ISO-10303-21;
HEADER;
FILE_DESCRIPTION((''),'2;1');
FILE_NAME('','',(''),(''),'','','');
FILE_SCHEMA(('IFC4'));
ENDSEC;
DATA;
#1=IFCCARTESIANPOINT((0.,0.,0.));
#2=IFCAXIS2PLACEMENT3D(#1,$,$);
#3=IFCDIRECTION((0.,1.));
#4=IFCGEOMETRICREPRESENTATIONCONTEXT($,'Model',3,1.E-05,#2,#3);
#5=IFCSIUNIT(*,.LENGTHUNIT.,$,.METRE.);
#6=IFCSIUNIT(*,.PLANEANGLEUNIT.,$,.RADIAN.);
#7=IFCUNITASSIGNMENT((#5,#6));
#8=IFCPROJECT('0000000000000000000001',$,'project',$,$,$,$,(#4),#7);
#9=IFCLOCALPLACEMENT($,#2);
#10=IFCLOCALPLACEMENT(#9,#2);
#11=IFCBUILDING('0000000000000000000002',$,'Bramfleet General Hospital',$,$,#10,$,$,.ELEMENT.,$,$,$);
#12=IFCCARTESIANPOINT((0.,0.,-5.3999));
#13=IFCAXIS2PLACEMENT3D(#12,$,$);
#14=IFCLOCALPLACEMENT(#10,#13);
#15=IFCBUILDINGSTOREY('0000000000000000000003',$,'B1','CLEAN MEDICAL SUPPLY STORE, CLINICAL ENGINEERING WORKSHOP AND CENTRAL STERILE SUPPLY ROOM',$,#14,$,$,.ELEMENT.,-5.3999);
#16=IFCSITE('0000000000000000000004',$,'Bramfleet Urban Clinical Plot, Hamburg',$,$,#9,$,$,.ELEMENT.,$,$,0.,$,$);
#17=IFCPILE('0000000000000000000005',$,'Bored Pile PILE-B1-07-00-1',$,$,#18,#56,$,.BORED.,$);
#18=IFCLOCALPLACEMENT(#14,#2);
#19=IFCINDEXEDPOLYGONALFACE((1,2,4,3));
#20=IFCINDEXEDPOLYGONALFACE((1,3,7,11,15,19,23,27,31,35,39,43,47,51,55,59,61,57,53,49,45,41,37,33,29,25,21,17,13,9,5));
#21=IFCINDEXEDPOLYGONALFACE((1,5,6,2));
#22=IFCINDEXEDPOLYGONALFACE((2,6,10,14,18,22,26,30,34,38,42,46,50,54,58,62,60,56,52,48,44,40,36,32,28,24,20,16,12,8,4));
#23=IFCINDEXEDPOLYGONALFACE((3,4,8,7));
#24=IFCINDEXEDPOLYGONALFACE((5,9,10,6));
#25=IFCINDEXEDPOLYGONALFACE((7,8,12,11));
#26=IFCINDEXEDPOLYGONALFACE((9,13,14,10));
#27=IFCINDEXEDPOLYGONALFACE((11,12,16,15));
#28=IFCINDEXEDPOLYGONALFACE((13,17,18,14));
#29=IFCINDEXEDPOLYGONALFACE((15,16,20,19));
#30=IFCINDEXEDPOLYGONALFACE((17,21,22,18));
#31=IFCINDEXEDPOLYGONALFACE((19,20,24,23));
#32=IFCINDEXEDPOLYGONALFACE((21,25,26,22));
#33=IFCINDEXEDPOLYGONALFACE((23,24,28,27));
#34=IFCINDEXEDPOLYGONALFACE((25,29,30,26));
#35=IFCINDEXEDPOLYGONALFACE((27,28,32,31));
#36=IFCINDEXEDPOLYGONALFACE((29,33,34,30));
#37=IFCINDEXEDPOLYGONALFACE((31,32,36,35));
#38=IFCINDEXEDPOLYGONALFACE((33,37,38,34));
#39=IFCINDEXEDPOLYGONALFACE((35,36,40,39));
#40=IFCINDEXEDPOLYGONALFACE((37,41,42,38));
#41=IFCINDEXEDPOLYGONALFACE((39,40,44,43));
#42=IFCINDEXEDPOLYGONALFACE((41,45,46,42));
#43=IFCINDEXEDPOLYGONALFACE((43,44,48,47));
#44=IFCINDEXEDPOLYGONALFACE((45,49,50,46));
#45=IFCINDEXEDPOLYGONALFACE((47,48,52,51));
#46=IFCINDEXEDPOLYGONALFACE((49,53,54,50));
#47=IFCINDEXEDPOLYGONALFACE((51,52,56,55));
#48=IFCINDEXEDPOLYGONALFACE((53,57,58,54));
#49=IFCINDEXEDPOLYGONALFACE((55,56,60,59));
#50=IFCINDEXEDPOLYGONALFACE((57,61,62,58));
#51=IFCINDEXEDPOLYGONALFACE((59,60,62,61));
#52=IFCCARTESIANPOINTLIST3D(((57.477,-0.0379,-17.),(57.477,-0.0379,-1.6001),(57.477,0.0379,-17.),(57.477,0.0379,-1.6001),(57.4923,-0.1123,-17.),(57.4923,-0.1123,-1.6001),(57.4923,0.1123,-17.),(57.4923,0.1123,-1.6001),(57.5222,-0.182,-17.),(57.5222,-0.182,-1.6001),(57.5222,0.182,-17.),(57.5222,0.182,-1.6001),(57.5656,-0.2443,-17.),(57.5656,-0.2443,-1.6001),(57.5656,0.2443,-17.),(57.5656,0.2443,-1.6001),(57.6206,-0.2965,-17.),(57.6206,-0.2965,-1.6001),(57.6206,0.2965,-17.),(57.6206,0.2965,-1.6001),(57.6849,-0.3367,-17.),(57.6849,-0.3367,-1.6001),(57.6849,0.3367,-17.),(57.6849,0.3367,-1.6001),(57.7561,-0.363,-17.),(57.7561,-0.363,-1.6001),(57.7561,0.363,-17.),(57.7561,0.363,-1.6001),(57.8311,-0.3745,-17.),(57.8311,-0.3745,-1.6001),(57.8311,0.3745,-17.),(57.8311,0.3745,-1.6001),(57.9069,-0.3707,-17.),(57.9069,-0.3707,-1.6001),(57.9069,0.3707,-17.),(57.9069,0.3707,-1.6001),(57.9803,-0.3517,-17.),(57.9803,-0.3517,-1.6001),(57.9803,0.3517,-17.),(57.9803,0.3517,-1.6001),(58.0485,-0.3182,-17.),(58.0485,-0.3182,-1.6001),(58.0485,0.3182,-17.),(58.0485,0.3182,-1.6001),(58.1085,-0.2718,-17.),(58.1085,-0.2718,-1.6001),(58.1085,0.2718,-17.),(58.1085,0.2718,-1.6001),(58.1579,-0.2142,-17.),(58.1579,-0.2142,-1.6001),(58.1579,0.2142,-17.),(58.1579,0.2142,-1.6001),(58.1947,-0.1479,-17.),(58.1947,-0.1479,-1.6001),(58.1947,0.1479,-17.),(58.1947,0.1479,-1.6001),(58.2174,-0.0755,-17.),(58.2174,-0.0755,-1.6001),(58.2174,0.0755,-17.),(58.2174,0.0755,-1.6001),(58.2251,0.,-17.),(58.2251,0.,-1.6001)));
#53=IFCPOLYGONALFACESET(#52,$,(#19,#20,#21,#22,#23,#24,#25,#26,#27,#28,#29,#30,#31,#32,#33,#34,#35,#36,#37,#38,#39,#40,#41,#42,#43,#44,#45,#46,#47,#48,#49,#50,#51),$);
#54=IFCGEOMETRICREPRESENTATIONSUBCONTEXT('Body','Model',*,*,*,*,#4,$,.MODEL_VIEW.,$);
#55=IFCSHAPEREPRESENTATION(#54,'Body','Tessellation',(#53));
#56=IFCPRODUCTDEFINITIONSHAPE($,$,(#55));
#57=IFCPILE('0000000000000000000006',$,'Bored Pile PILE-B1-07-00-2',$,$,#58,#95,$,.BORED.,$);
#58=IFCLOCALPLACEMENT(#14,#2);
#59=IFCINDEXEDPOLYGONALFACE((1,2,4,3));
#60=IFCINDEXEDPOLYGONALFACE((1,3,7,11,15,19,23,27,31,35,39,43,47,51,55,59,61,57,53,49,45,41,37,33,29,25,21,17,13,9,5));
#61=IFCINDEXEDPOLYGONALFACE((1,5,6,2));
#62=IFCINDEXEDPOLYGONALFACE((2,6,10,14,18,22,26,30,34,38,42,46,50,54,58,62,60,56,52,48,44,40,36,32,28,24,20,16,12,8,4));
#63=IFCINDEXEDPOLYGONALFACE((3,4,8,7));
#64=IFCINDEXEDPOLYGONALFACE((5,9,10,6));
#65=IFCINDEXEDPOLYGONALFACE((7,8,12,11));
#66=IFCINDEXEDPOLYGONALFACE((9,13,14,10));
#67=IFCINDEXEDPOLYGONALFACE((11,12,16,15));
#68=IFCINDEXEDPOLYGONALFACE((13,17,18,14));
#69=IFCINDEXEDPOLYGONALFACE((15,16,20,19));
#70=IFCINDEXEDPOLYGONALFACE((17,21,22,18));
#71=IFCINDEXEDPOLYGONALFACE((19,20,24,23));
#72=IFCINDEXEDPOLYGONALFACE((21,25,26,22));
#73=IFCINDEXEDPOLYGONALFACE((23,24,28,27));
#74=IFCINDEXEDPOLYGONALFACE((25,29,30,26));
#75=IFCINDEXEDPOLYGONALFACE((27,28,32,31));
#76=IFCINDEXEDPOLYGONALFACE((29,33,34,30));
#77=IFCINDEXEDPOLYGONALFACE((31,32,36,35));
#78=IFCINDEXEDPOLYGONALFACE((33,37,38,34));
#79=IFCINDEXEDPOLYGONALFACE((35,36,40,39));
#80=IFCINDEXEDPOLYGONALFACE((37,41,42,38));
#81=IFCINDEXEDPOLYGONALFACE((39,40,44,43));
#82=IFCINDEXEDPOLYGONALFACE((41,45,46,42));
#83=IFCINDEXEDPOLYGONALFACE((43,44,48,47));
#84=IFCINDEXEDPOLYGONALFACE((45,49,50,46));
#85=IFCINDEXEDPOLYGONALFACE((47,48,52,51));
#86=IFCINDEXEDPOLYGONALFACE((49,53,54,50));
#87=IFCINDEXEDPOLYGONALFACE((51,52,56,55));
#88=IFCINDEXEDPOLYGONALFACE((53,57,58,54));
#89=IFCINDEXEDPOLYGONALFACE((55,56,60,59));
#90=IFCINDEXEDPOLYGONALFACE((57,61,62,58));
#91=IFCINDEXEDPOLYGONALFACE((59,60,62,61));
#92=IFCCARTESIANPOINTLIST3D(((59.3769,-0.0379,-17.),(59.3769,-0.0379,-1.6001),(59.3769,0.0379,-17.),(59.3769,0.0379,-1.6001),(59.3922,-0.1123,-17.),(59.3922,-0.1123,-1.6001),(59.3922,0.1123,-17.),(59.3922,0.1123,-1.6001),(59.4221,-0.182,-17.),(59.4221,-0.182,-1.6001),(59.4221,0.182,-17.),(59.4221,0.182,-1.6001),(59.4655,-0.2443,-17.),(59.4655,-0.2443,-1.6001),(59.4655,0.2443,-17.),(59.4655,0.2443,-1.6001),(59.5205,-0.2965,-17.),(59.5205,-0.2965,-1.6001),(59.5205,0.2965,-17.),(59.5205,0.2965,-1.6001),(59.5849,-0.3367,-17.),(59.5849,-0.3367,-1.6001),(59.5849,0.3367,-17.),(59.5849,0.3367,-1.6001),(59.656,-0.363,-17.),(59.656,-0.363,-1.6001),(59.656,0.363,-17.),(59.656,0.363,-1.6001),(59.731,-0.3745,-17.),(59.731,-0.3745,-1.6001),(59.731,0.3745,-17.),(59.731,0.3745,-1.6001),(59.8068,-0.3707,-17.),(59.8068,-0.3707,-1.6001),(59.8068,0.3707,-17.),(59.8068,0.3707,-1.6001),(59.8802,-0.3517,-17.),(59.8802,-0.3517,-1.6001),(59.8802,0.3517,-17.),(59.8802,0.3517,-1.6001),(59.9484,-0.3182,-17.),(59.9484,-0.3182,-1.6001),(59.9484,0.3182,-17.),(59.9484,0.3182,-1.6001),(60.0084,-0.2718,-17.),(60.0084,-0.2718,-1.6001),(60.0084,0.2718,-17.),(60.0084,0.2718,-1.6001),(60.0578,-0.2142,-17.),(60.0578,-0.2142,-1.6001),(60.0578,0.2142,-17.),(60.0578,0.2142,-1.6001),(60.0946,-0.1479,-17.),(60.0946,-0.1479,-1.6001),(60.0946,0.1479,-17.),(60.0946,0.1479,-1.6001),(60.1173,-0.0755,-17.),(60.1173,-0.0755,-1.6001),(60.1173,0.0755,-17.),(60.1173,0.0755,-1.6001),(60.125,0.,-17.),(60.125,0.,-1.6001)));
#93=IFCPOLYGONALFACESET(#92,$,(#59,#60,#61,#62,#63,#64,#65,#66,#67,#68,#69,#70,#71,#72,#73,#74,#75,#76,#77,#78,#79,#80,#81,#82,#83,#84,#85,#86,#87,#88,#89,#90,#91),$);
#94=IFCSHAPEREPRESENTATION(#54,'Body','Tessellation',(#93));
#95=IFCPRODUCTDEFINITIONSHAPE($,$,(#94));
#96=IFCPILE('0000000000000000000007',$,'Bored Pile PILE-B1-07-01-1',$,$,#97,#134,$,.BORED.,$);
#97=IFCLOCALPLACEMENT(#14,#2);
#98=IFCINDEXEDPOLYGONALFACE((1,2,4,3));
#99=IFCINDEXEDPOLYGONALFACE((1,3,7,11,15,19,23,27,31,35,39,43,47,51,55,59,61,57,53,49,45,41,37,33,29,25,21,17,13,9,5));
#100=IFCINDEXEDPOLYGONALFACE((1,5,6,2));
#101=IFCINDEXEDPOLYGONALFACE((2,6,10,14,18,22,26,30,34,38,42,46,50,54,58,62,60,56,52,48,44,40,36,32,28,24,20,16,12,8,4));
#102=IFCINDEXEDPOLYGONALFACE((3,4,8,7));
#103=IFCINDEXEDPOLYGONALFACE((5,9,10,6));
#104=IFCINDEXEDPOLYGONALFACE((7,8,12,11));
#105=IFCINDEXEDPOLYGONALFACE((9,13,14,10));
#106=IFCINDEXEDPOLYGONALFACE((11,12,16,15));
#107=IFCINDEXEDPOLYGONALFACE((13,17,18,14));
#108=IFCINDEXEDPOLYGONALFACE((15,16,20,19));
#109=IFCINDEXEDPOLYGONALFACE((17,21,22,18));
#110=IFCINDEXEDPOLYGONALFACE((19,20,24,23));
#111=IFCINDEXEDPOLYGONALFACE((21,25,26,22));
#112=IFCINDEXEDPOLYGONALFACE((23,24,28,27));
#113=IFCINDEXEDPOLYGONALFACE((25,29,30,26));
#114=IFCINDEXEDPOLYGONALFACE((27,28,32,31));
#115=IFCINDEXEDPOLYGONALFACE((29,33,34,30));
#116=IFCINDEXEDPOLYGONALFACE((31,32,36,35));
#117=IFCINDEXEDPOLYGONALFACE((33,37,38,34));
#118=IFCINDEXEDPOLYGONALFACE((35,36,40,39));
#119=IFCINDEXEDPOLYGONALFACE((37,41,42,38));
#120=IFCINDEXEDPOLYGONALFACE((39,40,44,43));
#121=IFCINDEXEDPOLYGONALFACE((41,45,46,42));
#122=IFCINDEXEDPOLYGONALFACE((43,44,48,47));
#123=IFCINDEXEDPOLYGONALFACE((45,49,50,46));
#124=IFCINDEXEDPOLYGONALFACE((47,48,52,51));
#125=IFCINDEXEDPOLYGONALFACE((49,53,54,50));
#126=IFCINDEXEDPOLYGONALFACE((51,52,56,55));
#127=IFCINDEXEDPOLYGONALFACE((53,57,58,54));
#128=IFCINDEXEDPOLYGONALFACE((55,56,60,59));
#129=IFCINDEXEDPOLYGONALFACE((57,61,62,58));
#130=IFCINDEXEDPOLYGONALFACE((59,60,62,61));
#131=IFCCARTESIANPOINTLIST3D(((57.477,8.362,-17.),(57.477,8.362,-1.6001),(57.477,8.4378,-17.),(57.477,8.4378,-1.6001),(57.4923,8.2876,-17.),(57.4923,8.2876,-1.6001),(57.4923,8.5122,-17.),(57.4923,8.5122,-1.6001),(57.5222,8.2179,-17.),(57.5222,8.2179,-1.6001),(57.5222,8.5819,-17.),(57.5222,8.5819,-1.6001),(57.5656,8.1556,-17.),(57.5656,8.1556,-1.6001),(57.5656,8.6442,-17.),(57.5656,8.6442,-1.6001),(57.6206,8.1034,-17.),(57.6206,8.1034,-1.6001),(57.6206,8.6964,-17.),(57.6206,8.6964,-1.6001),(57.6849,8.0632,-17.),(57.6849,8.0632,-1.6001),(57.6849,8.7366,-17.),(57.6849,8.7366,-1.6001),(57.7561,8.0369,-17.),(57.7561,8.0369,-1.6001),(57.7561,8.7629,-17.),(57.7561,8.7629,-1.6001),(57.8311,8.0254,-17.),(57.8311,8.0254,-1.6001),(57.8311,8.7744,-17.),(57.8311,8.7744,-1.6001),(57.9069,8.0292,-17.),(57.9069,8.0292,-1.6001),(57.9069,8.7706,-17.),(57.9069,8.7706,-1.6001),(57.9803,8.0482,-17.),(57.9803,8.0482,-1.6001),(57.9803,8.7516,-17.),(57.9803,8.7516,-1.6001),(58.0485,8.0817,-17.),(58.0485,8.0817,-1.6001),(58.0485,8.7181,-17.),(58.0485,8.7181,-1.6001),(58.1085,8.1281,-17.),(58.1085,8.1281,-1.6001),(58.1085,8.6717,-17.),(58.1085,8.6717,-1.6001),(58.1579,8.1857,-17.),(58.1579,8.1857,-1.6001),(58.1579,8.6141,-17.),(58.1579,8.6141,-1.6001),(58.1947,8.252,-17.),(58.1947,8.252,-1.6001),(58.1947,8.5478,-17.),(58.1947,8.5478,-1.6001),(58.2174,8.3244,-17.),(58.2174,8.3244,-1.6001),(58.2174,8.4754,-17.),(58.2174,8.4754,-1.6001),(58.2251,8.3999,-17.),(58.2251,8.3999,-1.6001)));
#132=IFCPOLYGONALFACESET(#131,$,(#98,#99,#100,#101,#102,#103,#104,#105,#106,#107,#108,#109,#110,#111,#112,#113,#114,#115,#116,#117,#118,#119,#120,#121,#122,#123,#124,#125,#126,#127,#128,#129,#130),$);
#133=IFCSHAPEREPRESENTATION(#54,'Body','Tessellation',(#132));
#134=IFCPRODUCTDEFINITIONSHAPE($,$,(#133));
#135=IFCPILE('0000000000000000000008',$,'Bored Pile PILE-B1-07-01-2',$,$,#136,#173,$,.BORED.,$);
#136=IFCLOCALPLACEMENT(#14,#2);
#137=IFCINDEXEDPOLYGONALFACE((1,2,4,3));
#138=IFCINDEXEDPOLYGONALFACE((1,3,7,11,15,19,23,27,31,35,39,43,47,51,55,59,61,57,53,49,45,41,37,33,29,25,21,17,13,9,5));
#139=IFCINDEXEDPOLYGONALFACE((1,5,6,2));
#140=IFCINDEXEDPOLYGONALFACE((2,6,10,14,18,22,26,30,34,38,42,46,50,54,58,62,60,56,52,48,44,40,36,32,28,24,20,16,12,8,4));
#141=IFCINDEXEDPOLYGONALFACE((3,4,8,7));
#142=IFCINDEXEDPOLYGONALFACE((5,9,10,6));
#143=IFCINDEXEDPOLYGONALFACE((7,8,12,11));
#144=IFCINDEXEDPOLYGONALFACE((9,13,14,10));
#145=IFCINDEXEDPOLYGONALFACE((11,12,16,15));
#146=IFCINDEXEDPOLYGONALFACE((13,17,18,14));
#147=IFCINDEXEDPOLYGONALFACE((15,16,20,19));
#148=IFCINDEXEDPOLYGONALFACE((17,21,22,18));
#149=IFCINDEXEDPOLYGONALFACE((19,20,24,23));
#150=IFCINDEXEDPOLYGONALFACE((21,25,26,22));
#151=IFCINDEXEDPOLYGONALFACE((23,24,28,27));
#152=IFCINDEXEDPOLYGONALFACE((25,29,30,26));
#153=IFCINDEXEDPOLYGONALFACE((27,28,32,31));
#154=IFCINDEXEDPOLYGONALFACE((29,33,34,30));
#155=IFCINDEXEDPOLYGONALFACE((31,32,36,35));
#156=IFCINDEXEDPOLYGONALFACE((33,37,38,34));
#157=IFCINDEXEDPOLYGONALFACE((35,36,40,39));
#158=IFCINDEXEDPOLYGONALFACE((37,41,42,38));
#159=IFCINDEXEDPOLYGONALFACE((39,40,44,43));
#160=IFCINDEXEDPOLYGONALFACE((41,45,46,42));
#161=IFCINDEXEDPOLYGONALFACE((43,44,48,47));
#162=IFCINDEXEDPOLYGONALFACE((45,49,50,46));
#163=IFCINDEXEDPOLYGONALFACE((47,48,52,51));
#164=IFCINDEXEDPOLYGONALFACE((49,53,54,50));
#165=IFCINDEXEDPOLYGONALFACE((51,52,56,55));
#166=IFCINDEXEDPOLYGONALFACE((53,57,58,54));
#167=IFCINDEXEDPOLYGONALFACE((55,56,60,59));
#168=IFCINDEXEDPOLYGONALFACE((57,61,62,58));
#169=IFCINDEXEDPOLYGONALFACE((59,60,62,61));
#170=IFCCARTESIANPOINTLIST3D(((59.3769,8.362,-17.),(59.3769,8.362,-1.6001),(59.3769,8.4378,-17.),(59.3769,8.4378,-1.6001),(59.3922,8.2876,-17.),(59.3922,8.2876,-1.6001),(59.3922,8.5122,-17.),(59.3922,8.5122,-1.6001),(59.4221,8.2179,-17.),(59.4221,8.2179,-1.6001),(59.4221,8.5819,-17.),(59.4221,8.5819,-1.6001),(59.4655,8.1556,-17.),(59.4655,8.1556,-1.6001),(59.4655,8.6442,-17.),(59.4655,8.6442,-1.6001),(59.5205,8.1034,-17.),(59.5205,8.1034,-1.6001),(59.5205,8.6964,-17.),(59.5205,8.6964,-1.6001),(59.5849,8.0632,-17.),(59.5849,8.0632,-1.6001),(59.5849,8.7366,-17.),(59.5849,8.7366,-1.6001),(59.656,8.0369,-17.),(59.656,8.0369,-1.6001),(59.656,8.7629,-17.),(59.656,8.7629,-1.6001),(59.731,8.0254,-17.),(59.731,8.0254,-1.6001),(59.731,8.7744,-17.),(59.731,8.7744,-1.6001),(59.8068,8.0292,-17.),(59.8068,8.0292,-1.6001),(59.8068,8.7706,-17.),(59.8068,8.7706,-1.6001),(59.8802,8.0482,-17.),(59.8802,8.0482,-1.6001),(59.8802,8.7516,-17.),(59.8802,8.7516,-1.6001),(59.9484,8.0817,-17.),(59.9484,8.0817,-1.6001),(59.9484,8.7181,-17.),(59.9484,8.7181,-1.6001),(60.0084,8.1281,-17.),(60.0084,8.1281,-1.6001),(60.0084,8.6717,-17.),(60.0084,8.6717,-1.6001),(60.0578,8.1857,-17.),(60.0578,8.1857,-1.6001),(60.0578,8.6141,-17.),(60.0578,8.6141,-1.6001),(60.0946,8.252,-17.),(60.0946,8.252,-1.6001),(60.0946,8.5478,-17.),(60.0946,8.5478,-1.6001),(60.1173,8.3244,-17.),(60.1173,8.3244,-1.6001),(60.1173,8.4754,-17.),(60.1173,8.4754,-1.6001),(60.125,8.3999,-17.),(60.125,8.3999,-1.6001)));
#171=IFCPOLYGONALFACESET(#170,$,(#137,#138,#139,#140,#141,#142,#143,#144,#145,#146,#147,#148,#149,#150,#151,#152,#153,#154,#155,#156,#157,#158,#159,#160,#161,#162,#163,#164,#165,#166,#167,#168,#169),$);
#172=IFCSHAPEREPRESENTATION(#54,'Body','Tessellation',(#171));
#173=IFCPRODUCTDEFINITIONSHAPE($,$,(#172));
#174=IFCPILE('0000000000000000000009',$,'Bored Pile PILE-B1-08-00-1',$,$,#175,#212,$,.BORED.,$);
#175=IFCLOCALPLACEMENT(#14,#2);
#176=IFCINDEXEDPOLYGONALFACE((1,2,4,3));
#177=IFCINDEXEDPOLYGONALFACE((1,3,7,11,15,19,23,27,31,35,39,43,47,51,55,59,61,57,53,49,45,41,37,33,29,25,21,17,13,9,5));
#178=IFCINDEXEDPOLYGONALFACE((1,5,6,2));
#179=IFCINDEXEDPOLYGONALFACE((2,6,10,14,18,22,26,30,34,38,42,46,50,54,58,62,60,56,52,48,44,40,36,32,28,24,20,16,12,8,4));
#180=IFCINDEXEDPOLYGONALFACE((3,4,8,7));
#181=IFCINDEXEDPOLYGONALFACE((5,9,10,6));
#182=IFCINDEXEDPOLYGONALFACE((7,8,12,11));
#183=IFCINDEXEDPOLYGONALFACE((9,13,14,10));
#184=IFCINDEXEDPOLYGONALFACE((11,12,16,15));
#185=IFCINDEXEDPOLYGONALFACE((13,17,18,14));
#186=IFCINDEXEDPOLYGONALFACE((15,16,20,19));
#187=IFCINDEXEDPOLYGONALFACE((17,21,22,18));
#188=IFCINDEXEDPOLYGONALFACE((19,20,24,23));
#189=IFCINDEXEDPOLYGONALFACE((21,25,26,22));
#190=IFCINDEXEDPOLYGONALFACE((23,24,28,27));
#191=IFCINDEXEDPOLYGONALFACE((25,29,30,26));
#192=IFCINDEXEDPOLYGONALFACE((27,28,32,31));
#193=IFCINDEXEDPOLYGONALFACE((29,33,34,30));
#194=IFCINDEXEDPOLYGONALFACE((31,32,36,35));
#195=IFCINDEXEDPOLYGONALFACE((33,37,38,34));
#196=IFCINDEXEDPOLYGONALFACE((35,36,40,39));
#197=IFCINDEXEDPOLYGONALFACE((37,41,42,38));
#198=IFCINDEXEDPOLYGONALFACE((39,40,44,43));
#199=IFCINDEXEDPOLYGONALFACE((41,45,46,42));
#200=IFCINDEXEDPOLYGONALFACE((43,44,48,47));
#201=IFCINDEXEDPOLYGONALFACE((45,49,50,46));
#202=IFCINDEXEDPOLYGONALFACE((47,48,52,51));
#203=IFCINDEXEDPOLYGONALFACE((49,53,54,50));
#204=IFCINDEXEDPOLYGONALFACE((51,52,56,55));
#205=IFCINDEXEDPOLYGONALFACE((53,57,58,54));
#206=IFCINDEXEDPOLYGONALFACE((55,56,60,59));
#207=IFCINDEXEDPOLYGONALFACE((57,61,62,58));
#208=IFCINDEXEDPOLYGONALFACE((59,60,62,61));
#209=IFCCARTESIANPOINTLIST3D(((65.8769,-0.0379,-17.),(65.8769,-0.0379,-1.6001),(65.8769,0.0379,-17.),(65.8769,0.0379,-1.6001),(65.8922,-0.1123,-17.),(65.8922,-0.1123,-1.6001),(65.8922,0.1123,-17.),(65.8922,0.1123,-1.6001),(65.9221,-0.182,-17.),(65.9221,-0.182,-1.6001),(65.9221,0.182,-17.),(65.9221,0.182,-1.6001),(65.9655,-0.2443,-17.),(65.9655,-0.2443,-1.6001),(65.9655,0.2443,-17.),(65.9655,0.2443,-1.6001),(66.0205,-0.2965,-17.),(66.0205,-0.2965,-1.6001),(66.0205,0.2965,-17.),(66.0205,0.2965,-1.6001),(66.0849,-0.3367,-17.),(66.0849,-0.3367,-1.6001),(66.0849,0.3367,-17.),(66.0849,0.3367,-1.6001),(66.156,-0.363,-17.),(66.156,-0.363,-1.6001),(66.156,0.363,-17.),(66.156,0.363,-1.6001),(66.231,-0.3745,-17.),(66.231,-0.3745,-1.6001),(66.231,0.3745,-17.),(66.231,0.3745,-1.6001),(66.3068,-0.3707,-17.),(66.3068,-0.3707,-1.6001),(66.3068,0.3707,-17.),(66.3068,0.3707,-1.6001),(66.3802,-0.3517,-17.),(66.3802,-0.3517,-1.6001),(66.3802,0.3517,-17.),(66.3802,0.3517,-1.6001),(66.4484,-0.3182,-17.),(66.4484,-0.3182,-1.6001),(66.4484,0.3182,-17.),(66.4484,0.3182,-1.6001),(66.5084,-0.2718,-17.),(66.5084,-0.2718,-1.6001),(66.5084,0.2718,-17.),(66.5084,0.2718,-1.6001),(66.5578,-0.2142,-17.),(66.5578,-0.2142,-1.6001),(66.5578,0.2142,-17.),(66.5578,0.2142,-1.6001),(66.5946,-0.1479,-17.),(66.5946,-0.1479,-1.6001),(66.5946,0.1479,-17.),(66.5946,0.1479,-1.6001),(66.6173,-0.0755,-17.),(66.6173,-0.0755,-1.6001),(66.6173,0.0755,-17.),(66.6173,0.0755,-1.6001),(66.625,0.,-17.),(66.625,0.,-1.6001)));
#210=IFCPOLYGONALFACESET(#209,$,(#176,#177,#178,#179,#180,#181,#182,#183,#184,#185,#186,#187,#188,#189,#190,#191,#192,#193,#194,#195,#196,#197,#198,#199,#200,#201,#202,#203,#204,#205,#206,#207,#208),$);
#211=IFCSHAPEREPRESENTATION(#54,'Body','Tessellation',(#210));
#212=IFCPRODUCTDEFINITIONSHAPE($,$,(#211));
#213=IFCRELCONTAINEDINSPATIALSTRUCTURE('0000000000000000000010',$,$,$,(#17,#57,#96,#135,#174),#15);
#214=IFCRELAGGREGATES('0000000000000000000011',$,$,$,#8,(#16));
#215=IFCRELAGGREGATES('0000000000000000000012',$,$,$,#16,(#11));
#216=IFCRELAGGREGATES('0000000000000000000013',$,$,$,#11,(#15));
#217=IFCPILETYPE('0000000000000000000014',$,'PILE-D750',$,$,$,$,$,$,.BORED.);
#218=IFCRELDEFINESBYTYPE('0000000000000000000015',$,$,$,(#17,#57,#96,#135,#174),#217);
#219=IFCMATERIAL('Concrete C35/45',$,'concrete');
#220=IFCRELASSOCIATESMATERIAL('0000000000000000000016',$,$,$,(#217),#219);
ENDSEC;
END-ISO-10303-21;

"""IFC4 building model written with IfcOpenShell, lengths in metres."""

from ifc_helpers import new_model, si_unit, direction, frame, origin, origin_2d, place, context, subcontext, project, spatial, circle, extrude, material, material_profile, profile_set, type_object, element, save


model = new_model("IFC4")

# Units and contexts
model_context = context("Model", 3, precision=1e-05, world=origin(), true_north=direction((0.0, 1.0)))
body_context = subcontext(model_context, "Body", "Model", "MODEL_VIEW")
ifc_project = project(units=[si_unit("LENGTHUNIT", "METRE"), si_unit("PLANEANGLEUNIT", "RADIAN")], contexts=[model_context])

# Site, building, storey
site_placement = place(None, origin())
site = spatial("IfcSite", under=ifc_project, at=site_placement, Name="Bramfleet Urban Clinical Plot, Hamburg", CompositionType="ELEMENT", RefElevation=0.0)
building_placement = place(site_placement, origin())
building = spatial("IfcBuilding", under=site, at=building_placement, Name="Bramfleet General Hospital", CompositionType="ELEMENT")
storey_placement = place(building_placement, frame((0.0, 0.0, -5.3999)))
storey = spatial("IfcBuildingStorey", under=building, at=storey_placement, Name="B1", Description="CLEAN MEDICAL SUPPLY STORE, CLINICAL ENGINEERING WORKSHOP AND CENTRAL STERILE SUPPLY ROOM", CompositionType="ELEMENT", Elevation=-5.3999)

# Shared definitions
ifc_material_1 = material(Name="Concrete C35/45", Category="concrete")

# Piles
ifc_material_profile_1 = material_profile(ifc_material_1, circle(Radius=0.375, at=origin_2d()), Name="PILE BORED D750")
ifc_profile_set_1 = profile_set([ifc_material_profile_1], Name="Concrete C35/45")
pile_type_1 = type_object("IfcPileType", Name="PILE-D750", PredefinedType="BORED", material=ifc_profile_set_1)
for number, where, z_axis, x_axis, name in (
    (1, (57.8501, 0.0, -1.6001), (0.0, 0.0, -1.0), (1.0, 0.0, 0.0), "Bored Pile PILE-B1-07-00-1"),
    (2, (59.75, 0.0, -1.6001), (0.0, 0.0, -1.0), (1.0, 0.0, 0.0), "Bored Pile PILE-B1-07-00-2"),
    (3, (57.8501, 8.3999, -1.6001), (0.0, 0.0, -1.0), (1.0, 0.0, 0.0), "Bored Pile PILE-B1-07-01-1"),
    (4, (59.75, 8.3999, -1.6001), (0.0, 0.0, -1.0), (1.0, 0.0, 0.0), "Bored Pile PILE-B1-07-01-2"),
    (5, (66.25, 0.0, -1.6001), (0.0, 0.0, -1.0), (1.0, 0.0, 0.0), "Bored Pile PILE-B1-08-00-1"),
):
    element("IfcPile", number, at=place(storey_placement, frame(where, z_axis=z_axis, x_axis=x_axis)), inside=storey, type_object=pile_type_1, Name=name, PredefinedType="BORED", context=body_context, shape_type="SweptSolid", body=[
        extrude(circle(Radius=0.375, at=origin_2d()), origin(), (0.0, 0.0, 1.0), 15.3999),
    ])

save(model, "model.ifc")
